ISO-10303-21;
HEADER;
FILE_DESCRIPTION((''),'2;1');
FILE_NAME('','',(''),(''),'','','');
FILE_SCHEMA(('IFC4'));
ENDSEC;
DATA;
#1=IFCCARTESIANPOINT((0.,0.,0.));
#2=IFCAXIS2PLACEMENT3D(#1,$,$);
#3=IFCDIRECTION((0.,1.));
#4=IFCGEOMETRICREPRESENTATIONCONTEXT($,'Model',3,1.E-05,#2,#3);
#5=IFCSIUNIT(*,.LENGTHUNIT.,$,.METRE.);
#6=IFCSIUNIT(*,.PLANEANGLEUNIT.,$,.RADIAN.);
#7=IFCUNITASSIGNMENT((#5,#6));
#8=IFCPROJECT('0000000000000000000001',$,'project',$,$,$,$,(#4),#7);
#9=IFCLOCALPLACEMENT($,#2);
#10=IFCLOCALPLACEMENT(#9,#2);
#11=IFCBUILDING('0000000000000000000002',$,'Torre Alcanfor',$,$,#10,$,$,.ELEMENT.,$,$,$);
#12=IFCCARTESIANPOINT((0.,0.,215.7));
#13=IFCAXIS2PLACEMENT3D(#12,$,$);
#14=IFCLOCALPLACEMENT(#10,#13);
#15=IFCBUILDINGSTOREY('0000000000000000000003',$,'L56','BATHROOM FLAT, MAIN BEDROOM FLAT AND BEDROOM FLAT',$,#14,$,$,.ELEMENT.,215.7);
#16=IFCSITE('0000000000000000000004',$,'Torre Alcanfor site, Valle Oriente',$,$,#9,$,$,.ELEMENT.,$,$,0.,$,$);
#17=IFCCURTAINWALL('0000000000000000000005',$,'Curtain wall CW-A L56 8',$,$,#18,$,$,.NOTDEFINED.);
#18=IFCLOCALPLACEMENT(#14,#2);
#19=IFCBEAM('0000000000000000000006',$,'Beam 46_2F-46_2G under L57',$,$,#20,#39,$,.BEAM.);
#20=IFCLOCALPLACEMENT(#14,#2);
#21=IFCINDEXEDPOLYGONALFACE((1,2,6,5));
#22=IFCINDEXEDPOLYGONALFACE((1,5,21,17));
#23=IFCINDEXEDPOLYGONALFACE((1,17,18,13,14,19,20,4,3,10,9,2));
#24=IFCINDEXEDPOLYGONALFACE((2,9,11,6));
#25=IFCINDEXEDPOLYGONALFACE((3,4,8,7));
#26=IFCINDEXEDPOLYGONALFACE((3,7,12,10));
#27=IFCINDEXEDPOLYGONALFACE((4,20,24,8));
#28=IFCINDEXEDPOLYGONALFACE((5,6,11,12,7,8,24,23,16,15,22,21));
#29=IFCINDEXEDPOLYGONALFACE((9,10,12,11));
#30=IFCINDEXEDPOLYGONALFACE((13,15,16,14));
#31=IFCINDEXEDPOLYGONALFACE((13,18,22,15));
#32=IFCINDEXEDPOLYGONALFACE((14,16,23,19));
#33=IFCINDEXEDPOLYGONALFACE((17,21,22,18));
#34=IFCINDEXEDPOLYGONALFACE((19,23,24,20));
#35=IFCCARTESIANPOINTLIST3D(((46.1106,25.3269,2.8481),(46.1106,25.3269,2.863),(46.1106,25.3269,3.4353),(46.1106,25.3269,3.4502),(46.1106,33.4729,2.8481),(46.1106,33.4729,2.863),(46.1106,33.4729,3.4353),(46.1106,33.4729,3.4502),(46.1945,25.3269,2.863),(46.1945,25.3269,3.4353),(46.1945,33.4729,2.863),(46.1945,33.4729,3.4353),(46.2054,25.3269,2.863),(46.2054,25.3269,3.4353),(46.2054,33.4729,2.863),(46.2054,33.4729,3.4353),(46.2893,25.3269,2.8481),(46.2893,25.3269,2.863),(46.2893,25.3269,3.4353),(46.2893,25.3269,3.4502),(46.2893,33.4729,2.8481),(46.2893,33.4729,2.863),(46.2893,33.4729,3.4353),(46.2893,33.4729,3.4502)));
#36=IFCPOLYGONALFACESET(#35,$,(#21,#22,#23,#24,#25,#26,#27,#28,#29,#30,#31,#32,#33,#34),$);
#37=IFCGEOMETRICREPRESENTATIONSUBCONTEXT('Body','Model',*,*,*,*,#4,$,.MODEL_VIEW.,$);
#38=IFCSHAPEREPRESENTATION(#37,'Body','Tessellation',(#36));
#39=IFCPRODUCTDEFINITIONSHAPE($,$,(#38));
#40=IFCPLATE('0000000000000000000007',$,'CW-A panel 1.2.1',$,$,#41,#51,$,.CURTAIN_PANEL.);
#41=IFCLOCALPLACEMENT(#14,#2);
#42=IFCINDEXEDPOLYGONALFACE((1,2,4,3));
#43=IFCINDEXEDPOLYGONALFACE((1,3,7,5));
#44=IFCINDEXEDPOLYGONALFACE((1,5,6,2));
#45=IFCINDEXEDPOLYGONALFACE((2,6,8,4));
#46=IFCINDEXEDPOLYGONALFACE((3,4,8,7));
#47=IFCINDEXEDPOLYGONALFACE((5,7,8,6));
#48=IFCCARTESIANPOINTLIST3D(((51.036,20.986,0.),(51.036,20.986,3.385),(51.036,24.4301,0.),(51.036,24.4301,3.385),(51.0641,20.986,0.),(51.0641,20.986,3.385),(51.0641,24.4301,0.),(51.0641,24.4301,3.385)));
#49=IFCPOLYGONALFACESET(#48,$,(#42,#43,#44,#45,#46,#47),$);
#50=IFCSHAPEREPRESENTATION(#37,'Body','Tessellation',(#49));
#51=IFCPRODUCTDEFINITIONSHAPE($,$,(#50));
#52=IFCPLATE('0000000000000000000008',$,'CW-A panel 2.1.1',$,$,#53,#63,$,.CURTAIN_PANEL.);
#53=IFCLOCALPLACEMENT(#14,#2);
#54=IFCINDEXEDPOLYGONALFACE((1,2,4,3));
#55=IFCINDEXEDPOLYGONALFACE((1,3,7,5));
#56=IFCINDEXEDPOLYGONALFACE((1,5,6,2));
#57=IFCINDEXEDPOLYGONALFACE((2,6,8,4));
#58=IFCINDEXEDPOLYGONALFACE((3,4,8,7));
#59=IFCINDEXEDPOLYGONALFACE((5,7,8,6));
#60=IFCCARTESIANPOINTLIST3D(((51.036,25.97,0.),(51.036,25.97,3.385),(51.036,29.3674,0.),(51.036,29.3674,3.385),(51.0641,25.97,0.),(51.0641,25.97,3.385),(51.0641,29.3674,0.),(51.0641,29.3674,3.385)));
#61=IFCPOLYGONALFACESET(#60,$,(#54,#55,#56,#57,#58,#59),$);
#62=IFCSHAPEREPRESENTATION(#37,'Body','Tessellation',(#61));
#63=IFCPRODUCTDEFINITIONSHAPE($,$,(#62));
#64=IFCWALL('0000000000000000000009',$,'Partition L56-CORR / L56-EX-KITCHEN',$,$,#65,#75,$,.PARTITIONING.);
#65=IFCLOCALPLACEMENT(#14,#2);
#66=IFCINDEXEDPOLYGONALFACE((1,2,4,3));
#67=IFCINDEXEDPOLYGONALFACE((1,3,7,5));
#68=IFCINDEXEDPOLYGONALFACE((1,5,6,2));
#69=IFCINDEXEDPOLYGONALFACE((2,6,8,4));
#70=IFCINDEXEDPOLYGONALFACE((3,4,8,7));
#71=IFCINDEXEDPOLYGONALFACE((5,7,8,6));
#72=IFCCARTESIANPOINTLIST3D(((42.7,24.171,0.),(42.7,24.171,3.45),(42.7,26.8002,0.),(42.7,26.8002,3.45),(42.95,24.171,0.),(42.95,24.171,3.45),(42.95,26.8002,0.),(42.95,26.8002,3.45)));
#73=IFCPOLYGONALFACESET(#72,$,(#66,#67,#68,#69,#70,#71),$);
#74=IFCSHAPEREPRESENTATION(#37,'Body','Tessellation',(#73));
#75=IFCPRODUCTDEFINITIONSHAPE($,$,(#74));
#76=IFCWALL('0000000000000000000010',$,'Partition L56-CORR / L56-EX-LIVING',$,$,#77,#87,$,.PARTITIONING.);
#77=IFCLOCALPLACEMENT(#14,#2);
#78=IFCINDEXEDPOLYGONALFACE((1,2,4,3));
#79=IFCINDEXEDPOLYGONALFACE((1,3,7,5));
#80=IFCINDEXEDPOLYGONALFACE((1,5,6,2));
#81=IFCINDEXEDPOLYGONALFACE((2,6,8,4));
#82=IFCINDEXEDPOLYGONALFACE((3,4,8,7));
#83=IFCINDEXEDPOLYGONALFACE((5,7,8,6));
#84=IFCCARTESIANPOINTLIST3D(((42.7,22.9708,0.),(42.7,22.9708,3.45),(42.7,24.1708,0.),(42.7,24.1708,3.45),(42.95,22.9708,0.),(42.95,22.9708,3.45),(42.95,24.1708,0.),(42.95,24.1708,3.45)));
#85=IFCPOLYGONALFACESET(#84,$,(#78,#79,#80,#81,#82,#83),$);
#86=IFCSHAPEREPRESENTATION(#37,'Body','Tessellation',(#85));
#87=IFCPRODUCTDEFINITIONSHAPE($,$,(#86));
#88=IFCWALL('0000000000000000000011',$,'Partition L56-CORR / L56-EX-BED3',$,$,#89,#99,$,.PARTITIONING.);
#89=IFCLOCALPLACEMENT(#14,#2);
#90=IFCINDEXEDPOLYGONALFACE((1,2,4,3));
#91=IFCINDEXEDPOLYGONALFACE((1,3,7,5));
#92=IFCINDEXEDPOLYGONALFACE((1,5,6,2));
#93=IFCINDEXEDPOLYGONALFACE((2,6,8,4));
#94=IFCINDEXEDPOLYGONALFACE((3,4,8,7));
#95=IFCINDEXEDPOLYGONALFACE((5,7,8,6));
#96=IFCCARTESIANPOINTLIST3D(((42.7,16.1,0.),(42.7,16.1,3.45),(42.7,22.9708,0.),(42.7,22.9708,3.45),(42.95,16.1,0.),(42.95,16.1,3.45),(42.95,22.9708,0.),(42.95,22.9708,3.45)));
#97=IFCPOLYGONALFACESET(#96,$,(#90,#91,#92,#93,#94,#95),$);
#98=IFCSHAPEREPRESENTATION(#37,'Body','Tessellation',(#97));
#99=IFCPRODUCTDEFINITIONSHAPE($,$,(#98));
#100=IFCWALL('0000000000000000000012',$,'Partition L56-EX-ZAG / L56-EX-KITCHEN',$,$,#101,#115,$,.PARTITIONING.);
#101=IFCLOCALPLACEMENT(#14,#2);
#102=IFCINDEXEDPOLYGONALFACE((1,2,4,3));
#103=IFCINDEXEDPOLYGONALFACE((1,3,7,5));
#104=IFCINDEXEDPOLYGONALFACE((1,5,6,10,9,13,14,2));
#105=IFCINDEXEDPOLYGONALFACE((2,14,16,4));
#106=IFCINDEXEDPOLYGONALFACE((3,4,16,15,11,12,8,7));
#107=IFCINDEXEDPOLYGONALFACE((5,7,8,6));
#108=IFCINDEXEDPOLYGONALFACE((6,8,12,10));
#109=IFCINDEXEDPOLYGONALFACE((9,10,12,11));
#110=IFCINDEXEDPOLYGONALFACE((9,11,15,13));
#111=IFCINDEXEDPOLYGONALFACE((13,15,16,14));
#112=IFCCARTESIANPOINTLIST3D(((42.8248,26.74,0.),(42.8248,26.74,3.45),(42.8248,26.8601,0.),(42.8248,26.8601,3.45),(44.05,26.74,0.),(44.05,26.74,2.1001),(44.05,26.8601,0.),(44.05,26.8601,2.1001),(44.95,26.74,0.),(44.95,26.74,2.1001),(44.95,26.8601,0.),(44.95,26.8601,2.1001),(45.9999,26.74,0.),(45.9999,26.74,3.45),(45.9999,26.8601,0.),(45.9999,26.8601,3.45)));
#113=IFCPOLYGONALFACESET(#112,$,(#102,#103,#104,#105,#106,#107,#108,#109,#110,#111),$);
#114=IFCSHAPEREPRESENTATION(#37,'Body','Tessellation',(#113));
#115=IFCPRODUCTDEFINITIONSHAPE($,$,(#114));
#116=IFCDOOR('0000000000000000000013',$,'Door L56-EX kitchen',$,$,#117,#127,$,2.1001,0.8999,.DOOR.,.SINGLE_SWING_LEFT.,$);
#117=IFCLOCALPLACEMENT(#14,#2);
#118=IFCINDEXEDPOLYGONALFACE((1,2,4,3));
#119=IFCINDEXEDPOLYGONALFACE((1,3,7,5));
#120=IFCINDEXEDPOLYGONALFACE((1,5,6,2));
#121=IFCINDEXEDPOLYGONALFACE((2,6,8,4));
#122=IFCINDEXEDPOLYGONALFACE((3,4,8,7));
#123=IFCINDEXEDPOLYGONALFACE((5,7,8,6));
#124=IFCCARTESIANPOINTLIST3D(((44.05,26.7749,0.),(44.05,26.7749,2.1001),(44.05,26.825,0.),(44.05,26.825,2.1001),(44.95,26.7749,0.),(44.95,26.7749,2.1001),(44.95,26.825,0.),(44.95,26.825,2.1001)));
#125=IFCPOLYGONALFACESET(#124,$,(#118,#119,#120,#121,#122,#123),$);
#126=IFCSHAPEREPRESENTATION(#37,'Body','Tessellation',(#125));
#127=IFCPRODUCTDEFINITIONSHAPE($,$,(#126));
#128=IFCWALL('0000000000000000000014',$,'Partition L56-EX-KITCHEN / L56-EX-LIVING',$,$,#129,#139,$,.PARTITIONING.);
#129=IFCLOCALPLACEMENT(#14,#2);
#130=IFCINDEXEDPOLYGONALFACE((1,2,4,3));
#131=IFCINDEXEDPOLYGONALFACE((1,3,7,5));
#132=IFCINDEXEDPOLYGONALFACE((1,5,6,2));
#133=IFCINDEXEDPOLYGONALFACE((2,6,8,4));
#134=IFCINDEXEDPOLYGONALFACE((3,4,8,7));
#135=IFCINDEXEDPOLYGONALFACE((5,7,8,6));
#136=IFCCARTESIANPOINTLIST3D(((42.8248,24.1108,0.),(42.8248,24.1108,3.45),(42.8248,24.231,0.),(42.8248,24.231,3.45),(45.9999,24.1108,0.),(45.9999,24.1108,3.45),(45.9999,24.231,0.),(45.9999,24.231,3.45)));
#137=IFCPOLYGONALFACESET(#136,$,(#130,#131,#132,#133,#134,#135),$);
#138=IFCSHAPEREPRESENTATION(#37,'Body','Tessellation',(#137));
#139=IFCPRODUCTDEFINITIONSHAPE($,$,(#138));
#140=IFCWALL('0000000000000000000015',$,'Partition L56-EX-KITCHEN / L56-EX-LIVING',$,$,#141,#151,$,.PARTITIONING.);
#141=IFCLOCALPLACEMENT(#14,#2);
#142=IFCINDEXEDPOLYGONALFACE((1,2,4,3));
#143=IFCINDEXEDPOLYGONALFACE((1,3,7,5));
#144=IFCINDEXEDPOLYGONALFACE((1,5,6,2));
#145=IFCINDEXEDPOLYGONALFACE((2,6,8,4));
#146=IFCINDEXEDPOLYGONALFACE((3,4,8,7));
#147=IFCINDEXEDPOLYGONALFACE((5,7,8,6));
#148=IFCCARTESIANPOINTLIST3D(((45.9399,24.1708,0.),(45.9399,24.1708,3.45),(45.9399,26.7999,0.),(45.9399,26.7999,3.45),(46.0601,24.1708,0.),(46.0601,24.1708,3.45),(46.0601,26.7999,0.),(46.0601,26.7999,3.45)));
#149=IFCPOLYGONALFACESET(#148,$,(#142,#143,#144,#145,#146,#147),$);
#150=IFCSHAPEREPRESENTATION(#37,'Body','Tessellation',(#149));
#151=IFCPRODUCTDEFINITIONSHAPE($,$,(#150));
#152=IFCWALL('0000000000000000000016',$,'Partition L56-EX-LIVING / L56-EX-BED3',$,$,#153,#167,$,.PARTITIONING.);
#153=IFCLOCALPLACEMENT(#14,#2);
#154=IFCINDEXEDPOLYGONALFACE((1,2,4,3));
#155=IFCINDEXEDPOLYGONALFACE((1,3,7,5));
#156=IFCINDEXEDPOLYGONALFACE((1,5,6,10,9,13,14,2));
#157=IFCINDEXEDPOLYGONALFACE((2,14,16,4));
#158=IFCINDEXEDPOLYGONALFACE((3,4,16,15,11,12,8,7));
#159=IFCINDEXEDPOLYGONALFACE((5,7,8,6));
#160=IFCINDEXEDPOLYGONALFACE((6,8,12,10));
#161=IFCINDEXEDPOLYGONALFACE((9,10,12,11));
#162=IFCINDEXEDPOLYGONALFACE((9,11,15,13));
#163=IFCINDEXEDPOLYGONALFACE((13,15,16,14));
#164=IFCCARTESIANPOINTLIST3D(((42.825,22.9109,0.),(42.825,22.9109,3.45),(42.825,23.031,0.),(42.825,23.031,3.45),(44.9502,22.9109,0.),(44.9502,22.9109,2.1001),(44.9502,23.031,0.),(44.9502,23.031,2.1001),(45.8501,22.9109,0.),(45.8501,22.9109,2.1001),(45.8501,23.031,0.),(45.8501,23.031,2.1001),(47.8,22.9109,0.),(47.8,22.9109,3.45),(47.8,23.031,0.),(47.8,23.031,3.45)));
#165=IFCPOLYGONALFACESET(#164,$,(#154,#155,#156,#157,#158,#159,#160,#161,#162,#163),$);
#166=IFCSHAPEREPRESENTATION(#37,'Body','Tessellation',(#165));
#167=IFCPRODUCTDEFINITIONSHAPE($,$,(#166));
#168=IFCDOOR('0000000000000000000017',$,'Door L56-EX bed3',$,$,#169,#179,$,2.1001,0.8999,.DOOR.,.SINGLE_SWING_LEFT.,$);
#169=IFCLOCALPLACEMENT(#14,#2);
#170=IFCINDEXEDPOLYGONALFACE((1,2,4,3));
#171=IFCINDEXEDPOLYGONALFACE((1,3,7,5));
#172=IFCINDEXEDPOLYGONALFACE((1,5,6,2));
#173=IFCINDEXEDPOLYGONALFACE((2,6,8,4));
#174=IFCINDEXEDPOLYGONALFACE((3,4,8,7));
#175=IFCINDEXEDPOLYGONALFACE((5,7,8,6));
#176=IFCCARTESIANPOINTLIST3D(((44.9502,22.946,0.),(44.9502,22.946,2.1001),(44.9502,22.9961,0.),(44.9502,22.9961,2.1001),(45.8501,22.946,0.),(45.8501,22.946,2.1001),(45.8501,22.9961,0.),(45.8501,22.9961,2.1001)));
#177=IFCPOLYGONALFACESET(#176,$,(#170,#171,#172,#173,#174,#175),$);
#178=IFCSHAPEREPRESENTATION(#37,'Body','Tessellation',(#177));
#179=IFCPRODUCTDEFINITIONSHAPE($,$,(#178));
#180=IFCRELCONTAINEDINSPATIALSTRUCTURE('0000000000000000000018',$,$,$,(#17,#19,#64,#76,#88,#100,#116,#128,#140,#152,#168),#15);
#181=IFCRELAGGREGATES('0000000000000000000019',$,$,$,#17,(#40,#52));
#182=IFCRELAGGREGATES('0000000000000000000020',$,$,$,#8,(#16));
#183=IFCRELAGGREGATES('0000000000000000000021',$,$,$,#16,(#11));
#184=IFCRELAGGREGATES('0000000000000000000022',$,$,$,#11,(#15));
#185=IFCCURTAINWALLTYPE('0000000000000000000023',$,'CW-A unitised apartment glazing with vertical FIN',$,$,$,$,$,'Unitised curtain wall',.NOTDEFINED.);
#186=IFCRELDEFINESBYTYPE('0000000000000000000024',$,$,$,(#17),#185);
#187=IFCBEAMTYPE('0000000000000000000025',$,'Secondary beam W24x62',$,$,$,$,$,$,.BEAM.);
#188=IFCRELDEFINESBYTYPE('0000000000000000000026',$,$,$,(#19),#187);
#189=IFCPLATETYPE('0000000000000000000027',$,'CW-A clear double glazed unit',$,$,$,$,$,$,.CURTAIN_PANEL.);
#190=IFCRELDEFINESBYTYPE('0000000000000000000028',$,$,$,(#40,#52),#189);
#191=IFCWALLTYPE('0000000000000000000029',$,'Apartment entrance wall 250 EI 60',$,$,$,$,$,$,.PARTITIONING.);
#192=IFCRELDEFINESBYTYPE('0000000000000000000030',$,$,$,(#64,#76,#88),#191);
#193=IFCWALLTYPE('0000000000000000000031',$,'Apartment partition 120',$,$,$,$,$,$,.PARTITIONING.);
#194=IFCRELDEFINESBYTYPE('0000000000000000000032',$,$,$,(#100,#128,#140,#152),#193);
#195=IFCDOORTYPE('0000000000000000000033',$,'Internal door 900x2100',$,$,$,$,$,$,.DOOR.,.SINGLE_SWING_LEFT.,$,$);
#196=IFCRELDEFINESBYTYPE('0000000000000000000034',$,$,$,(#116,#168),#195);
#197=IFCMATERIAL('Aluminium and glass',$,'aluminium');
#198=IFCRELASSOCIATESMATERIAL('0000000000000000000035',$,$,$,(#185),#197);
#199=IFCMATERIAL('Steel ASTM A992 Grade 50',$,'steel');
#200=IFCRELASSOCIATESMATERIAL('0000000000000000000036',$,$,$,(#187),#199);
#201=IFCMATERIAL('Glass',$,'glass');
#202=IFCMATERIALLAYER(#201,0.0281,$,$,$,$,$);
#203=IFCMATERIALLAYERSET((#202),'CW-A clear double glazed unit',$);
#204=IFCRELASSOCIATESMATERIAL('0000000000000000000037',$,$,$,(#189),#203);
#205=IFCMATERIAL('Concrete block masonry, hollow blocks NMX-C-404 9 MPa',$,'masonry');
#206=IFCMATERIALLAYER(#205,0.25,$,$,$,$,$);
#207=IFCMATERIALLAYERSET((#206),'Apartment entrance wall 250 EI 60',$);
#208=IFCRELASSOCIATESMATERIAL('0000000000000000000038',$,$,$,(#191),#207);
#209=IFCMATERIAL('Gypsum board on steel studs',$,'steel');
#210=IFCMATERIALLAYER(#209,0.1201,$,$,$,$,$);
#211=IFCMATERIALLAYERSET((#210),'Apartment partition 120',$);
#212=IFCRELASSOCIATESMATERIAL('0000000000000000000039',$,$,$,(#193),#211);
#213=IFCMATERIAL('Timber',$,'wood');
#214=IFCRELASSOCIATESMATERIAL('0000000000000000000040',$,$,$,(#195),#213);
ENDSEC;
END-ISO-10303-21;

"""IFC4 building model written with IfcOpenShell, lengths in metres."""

from ifc_helpers import new_model, si_unit, direction, frame, frame_2d, origin, origin_2d, place, context, subcontext, project, spatial, rectangle, i_section, extrude, material, layer, layer_set, material_profile, profile_set, type_object, element, fill, aggregate, save


model = new_model("IFC4")

# Units and contexts
model_context = context("Model", 3, precision=1e-05, world=origin(), true_north=direction((0.0, 1.0)))
body_context = subcontext(model_context, "Body", "Model", "MODEL_VIEW")
ifc_project = project(units=[si_unit("LENGTHUNIT", "METRE"), si_unit("PLANEANGLEUNIT", "RADIAN")], contexts=[model_context])

# Site, building, storey
site_placement = place(None, origin())
site = spatial("IfcSite", under=ifc_project, at=site_placement, Name="Torre Alcanfor site, Valle Oriente", CompositionType="ELEMENT", RefElevation=0.0)
building_placement = place(site_placement, origin())
building = spatial("IfcBuilding", under=site, at=building_placement, Name="Torre Alcanfor", CompositionType="ELEMENT")
storey_placement = place(building_placement, frame((0.0, 0.0, 215.7)))
storey = spatial("IfcBuildingStorey", under=building, at=storey_placement, Name="L56", Description="BATHROOM FLAT, MAIN BEDROOM FLAT AND BEDROOM FLAT", CompositionType="ELEMENT", Elevation=215.7)

# Curtain wall
ifc_material_1 = material(Name="Aluminium and glass", Category="aluminium")
curtain_wall_type = type_object("IfcCurtainWallType", Name="CW-A unitised apartment glazing with vertical FIN", ElementType="Unitised curtain wall", PredefinedType="NOTDEFINED", material=ifc_material_1)
curtain_wall_placement = place(storey_placement, origin())
curtain_wall = element("IfcCurtainWall", 1, at=curtain_wall_placement, inside=storey, type_object=curtain_wall_type, Name="Curtain wall CW-A L56 8", PredefinedType="NOTDEFINED")

# Beam
ifc_material_2 = material(Name="Steel ASTM A992 Grade 50", Category="steel")
ifc_material_profile_1 = material_profile(ifc_material_2, i_section(OverallWidth=0.1787, OverallDepth=0.6021, WebThickness=0.011, FlangeThickness=0.0149, at=origin_2d()), Name="W24x62")
ifc_profile_set_1 = profile_set([ifc_material_profile_1], Name="Steel ASTM A992 Grade 50")
beam_type_1 = type_object("IfcBeamType", Name="Secondary beam W24x62", PredefinedType="BEAM", material=ifc_profile_set_1)
beam_1_placement = place(storey_placement, frame((46.2, 25.3269, 3.1492), z_axis=(0.0, 1.0, 0.0), x_axis=(-1.0, 0.0, 0.0)))
element("IfcBeam", 2, at=beam_1_placement, inside=storey, type_object=beam_type_1, Name="Beam 46_2F-46_2G under L57", PredefinedType="BEAM", context=body_context, shape_type="SweptSolid", body=[
    extrude(i_section(OverallWidth=0.1787, OverallDepth=0.6021, WebThickness=0.011, FlangeThickness=0.0149, at=origin_2d()), origin(), (0.0, 0.0, 1.0), 8.146),
])

# Plates
ifc_material_3 = material(Name="Glass", Category="glass")
ifc_layer_1 = layer(ifc_material_3, 0.0281)
ifc_layer_set_1 = layer_set([ifc_layer_1], Name="CW-A clear double glazed unit")
plate_type = type_object("IfcPlateType", Name="CW-A clear double glazed unit", PredefinedType="CURTAIN_PANEL", material=ifc_layer_set_1)
plate_1_placement = place(storey_placement, frame((51.05, 22.708, 0.0), z_axis=(0.0, 0.0, 1.0), x_axis=(0.0, 1.0, 0.0)))
plate_1 = element("IfcPlate", 3, at=plate_1_placement, type_object=plate_type, Name="CW-A panel 1.2.1", PredefinedType="CURTAIN_PANEL", context=body_context, shape_type="SweptSolid", body=[
    extrude(rectangle(XDim=3.4441, YDim=0.0281, at=origin_2d()), origin(), (0.0, 0.0, 1.0), 3.385),
])
plate_2_placement = place(storey_placement, frame((51.05, 27.6687, 0.0), z_axis=(0.0, 0.0, 1.0), x_axis=(0.0, 1.0, 0.0)))
plate_2 = element("IfcPlate", 4, at=plate_2_placement, type_object=plate_type, Name="CW-A panel 2.1.1", PredefinedType="CURTAIN_PANEL", context=body_context, shape_type="SweptSolid", body=[
    extrude(rectangle(XDim=3.3975, YDim=0.0281, at=origin_2d()), origin(), (0.0, 0.0, 1.0), 3.385),
])
aggregate(curtain_wall, [plate_1, plate_2])

# Walls
ifc_material_4 = material(Name="Concrete block masonry, hollow blocks NMX-C-404 9 MPa", Category="masonry")
ifc_layer_2 = layer(ifc_material_4, 0.25)
ifc_layer_set_2 = layer_set([ifc_layer_2], Name="Apartment entrance wall 250 EI 60")
wall_type_1 = type_object("IfcWallType", Name="Apartment entrance wall 250 EI 60", PredefinedType="PARTITIONING", material=ifc_layer_set_2)
wall_1_placement = place(storey_placement, frame((42.825, 26.8, 0.0), z_axis=(0.0, 0.0, 1.0), x_axis=(0.0, -1.0, 0.0)))
element("IfcWall", 5, at=wall_1_placement, inside=storey, type_object=wall_type_1, Name="Partition L56-CORR / L56-EX-KITCHEN", PredefinedType="PARTITIONING", context=body_context, shape_type="SweptSolid", body=[
    extrude(rectangle(XDim=2.6292, YDim=0.25, at=frame_2d((1.3145, 0.0))), origin(), (0.0, 0.0, 1.0), 3.45),
])
wall_2_placement = place(storey_placement, frame((42.825, 24.1709, 0.0), z_axis=(0.0, 0.0, 1.0), x_axis=(0.0, -1.0, 0.0)))
element("IfcWall", 6, at=wall_2_placement, inside=storey, type_object=wall_type_1, Name="Partition L56-CORR / L56-EX-LIVING", PredefinedType="PARTITIONING", context=body_context, shape_type="SweptSolid", body=[
    extrude(rectangle(XDim=1.2, YDim=0.25, at=frame_2d((0.6001, 0.0))), origin(), (0.0, 0.0, 1.0), 3.45),
])
wall_3_placement = place(storey_placement, frame((42.825, 22.9709, 0.0), z_axis=(0.0, 0.0, 1.0), x_axis=(0.0, -1.0, 0.0)))
element("IfcWall", 7, at=wall_3_placement, inside=storey, type_object=wall_type_1, Name="Partition L56-CORR / L56-EX-BED3", PredefinedType="PARTITIONING", context=body_context, shape_type="SweptSolid", body=[
    extrude(rectangle(XDim=6.8708, YDim=0.25, at=frame_2d((3.4355, 0.0))), origin(), (0.0, 0.0, 1.0), 3.45),
])

# Wall, opening, door
ifc_material_5 = material(Name="Gypsum board on steel studs", Category="steel")
ifc_layer_3 = layer(ifc_material_5, 0.1201)
ifc_layer_set_3 = layer_set([ifc_layer_3], Name="Apartment partition 120")
wall_type_2 = type_object("IfcWallType", Name="Apartment partition 120", PredefinedType="PARTITIONING", material=ifc_layer_set_3)
wall_4_placement = place(storey_placement, frame((42.825, 26.8, 0.0), z_axis=(0.0, 0.0, 1.0), x_axis=(1.0, 0.0, 0.0)))
wall_4 = element("IfcWall", 8, at=wall_4_placement, inside=storey, type_object=wall_type_2, Name="Partition L56-EX-ZAG / L56-EX-KITCHEN", PredefinedType="PARTITIONING", context=body_context, shape_type="SweptSolid", body=[
    extrude(rectangle(XDim=3.175, YDim=0.1201, at=frame_2d((1.5874, 0.0))), origin(), (0.0, 0.0, 1.0), 3.45),
])
opening_1_placement = place(wall_4_placement, frame((1.2251, 0.0, 0.0)))
opening_1 = element("IfcOpeningElement", 9, at=opening_1_placement, cuts=wall_4, PredefinedType="OPENING", context=body_context, shape_type="SweptSolid", body=[
    extrude(rectangle(XDim=0.8999, YDim=2.1001, at=frame_2d((0.45, 1.05))), frame((0.0, 0.0701, 0.0), z_axis=(0.0, -1.0, 0.0), x_axis=(1.0, 0.0, 0.0)), (0.0, 0.0, 1.0), 0.1401),
])
ifc_material_6 = material(Name="Timber", Category="wood")
door_type_1 = type_object("IfcDoorType", Name="Internal door 900x2100", OperationType="SINGLE_SWING_LEFT", PredefinedType="DOOR", material=ifc_material_6)
door_1_placement = place(opening_1_placement, frame((0.8999, 0.0, 0.0), z_axis=(0.0, 0.0, 1.0), x_axis=(-1.0, 0.0, 0.0)))
door_1 = element("IfcDoor", 10, at=door_1_placement, inside=storey, type_object=door_type_1, Name="Door L56-EX kitchen", OperationType="SINGLE_SWING_LEFT", OverallHeight=2.1001, OverallWidth=0.8999, PredefinedType="DOOR", context=body_context, shape_type="SweptSolid", body=[
    extrude(rectangle(XDim=0.8999, YDim=2.1001, at=frame_2d((0.45, 1.05))), frame((0.0, 0.0251, 0.0), z_axis=(0.0, -1.0, 0.0), x_axis=(1.0, 0.0, 0.0)), (0.0, 0.0, 1.0), 0.05),
])
fill(opening_1, door_1)

# Walls
wall_5_placement = place(storey_placement, frame((42.825, 24.1709, 0.0), z_axis=(0.0, 0.0, 1.0), x_axis=(1.0, 0.0, 0.0)))
element("IfcWall", 11, at=wall_5_placement, inside=storey, type_object=wall_type_2, Name="Partition L56-EX-KITCHEN / L56-EX-LIVING", PredefinedType="PARTITIONING", context=body_context, shape_type="SweptSolid", body=[
    extrude(rectangle(XDim=3.175, YDim=0.1201, at=frame_2d((1.5874, 0.0))), origin(), (0.0, 0.0, 1.0), 3.45),
])
wall_6_placement = place(storey_placement, frame((46.0, 24.1709, 0.0), z_axis=(0.0, 0.0, 1.0), x_axis=(0.0, 1.0, 0.0)))
element("IfcWall", 12, at=wall_6_placement, inside=storey, type_object=wall_type_2, Name="Partition L56-EX-KITCHEN / L56-EX-LIVING", PredefinedType="PARTITIONING", context=body_context, shape_type="SweptSolid", body=[
    extrude(rectangle(XDim=2.6292, YDim=0.1201, at=frame_2d((1.3145, 0.0))), origin(), (0.0, 0.0, 1.0), 3.45),
])

# Wall, opening, door
wall_7_placement = place(storey_placement, frame((47.8, 22.9709, 0.0), z_axis=(0.0, 0.0, 1.0), x_axis=(-1.0, 0.0, 0.0)))
wall_7 = element("IfcWall", 13, at=wall_7_placement, inside=storey, type_object=wall_type_2, Name="Partition L56-EX-LIVING / L56-EX-BED3", PredefinedType="PARTITIONING", context=body_context, shape_type="SweptSolid", body=[
    extrude(rectangle(XDim=4.9751, YDim=0.1201, at=frame_2d((2.4875, 0.0))), origin(), (0.0, 0.0, 1.0), 3.45),
])
opening_2_placement = place(wall_7_placement, frame((1.95, 0.0, 0.0)))
opening_2 = element("IfcOpeningElement", 14, at=opening_2_placement, cuts=wall_7, PredefinedType="OPENING", context=body_context, shape_type="SweptSolid", body=[
    extrude(rectangle(XDim=0.8999, YDim=2.1001, at=frame_2d((0.45, 1.05))), frame((0.0, 0.0701, 0.0), z_axis=(0.0, -1.0, 0.0), x_axis=(1.0, 0.0, 0.0)), (0.0, 0.0, 1.0), 0.1401),
])
door_2_placement = place(opening_2_placement, origin())
door_2 = element("IfcDoor", 15, at=door_2_placement, inside=storey, type_object=door_type_1, Name="Door L56-EX bed3", OperationType="SINGLE_SWING_LEFT", OverallHeight=2.1001, OverallWidth=0.8999, PredefinedType="DOOR", context=body_context, shape_type="SweptSolid", body=[
    extrude(rectangle(XDim=0.8999, YDim=2.1001, at=frame_2d((0.45, 1.05))), frame((0.0, 0.0249, 0.0), z_axis=(0.0, -1.0, 0.0), x_axis=(1.0, 0.0, 0.0)), (0.0, 0.0, 1.0), 0.05),
])
fill(opening_2, door_2)

save(model, "model.ifc")
